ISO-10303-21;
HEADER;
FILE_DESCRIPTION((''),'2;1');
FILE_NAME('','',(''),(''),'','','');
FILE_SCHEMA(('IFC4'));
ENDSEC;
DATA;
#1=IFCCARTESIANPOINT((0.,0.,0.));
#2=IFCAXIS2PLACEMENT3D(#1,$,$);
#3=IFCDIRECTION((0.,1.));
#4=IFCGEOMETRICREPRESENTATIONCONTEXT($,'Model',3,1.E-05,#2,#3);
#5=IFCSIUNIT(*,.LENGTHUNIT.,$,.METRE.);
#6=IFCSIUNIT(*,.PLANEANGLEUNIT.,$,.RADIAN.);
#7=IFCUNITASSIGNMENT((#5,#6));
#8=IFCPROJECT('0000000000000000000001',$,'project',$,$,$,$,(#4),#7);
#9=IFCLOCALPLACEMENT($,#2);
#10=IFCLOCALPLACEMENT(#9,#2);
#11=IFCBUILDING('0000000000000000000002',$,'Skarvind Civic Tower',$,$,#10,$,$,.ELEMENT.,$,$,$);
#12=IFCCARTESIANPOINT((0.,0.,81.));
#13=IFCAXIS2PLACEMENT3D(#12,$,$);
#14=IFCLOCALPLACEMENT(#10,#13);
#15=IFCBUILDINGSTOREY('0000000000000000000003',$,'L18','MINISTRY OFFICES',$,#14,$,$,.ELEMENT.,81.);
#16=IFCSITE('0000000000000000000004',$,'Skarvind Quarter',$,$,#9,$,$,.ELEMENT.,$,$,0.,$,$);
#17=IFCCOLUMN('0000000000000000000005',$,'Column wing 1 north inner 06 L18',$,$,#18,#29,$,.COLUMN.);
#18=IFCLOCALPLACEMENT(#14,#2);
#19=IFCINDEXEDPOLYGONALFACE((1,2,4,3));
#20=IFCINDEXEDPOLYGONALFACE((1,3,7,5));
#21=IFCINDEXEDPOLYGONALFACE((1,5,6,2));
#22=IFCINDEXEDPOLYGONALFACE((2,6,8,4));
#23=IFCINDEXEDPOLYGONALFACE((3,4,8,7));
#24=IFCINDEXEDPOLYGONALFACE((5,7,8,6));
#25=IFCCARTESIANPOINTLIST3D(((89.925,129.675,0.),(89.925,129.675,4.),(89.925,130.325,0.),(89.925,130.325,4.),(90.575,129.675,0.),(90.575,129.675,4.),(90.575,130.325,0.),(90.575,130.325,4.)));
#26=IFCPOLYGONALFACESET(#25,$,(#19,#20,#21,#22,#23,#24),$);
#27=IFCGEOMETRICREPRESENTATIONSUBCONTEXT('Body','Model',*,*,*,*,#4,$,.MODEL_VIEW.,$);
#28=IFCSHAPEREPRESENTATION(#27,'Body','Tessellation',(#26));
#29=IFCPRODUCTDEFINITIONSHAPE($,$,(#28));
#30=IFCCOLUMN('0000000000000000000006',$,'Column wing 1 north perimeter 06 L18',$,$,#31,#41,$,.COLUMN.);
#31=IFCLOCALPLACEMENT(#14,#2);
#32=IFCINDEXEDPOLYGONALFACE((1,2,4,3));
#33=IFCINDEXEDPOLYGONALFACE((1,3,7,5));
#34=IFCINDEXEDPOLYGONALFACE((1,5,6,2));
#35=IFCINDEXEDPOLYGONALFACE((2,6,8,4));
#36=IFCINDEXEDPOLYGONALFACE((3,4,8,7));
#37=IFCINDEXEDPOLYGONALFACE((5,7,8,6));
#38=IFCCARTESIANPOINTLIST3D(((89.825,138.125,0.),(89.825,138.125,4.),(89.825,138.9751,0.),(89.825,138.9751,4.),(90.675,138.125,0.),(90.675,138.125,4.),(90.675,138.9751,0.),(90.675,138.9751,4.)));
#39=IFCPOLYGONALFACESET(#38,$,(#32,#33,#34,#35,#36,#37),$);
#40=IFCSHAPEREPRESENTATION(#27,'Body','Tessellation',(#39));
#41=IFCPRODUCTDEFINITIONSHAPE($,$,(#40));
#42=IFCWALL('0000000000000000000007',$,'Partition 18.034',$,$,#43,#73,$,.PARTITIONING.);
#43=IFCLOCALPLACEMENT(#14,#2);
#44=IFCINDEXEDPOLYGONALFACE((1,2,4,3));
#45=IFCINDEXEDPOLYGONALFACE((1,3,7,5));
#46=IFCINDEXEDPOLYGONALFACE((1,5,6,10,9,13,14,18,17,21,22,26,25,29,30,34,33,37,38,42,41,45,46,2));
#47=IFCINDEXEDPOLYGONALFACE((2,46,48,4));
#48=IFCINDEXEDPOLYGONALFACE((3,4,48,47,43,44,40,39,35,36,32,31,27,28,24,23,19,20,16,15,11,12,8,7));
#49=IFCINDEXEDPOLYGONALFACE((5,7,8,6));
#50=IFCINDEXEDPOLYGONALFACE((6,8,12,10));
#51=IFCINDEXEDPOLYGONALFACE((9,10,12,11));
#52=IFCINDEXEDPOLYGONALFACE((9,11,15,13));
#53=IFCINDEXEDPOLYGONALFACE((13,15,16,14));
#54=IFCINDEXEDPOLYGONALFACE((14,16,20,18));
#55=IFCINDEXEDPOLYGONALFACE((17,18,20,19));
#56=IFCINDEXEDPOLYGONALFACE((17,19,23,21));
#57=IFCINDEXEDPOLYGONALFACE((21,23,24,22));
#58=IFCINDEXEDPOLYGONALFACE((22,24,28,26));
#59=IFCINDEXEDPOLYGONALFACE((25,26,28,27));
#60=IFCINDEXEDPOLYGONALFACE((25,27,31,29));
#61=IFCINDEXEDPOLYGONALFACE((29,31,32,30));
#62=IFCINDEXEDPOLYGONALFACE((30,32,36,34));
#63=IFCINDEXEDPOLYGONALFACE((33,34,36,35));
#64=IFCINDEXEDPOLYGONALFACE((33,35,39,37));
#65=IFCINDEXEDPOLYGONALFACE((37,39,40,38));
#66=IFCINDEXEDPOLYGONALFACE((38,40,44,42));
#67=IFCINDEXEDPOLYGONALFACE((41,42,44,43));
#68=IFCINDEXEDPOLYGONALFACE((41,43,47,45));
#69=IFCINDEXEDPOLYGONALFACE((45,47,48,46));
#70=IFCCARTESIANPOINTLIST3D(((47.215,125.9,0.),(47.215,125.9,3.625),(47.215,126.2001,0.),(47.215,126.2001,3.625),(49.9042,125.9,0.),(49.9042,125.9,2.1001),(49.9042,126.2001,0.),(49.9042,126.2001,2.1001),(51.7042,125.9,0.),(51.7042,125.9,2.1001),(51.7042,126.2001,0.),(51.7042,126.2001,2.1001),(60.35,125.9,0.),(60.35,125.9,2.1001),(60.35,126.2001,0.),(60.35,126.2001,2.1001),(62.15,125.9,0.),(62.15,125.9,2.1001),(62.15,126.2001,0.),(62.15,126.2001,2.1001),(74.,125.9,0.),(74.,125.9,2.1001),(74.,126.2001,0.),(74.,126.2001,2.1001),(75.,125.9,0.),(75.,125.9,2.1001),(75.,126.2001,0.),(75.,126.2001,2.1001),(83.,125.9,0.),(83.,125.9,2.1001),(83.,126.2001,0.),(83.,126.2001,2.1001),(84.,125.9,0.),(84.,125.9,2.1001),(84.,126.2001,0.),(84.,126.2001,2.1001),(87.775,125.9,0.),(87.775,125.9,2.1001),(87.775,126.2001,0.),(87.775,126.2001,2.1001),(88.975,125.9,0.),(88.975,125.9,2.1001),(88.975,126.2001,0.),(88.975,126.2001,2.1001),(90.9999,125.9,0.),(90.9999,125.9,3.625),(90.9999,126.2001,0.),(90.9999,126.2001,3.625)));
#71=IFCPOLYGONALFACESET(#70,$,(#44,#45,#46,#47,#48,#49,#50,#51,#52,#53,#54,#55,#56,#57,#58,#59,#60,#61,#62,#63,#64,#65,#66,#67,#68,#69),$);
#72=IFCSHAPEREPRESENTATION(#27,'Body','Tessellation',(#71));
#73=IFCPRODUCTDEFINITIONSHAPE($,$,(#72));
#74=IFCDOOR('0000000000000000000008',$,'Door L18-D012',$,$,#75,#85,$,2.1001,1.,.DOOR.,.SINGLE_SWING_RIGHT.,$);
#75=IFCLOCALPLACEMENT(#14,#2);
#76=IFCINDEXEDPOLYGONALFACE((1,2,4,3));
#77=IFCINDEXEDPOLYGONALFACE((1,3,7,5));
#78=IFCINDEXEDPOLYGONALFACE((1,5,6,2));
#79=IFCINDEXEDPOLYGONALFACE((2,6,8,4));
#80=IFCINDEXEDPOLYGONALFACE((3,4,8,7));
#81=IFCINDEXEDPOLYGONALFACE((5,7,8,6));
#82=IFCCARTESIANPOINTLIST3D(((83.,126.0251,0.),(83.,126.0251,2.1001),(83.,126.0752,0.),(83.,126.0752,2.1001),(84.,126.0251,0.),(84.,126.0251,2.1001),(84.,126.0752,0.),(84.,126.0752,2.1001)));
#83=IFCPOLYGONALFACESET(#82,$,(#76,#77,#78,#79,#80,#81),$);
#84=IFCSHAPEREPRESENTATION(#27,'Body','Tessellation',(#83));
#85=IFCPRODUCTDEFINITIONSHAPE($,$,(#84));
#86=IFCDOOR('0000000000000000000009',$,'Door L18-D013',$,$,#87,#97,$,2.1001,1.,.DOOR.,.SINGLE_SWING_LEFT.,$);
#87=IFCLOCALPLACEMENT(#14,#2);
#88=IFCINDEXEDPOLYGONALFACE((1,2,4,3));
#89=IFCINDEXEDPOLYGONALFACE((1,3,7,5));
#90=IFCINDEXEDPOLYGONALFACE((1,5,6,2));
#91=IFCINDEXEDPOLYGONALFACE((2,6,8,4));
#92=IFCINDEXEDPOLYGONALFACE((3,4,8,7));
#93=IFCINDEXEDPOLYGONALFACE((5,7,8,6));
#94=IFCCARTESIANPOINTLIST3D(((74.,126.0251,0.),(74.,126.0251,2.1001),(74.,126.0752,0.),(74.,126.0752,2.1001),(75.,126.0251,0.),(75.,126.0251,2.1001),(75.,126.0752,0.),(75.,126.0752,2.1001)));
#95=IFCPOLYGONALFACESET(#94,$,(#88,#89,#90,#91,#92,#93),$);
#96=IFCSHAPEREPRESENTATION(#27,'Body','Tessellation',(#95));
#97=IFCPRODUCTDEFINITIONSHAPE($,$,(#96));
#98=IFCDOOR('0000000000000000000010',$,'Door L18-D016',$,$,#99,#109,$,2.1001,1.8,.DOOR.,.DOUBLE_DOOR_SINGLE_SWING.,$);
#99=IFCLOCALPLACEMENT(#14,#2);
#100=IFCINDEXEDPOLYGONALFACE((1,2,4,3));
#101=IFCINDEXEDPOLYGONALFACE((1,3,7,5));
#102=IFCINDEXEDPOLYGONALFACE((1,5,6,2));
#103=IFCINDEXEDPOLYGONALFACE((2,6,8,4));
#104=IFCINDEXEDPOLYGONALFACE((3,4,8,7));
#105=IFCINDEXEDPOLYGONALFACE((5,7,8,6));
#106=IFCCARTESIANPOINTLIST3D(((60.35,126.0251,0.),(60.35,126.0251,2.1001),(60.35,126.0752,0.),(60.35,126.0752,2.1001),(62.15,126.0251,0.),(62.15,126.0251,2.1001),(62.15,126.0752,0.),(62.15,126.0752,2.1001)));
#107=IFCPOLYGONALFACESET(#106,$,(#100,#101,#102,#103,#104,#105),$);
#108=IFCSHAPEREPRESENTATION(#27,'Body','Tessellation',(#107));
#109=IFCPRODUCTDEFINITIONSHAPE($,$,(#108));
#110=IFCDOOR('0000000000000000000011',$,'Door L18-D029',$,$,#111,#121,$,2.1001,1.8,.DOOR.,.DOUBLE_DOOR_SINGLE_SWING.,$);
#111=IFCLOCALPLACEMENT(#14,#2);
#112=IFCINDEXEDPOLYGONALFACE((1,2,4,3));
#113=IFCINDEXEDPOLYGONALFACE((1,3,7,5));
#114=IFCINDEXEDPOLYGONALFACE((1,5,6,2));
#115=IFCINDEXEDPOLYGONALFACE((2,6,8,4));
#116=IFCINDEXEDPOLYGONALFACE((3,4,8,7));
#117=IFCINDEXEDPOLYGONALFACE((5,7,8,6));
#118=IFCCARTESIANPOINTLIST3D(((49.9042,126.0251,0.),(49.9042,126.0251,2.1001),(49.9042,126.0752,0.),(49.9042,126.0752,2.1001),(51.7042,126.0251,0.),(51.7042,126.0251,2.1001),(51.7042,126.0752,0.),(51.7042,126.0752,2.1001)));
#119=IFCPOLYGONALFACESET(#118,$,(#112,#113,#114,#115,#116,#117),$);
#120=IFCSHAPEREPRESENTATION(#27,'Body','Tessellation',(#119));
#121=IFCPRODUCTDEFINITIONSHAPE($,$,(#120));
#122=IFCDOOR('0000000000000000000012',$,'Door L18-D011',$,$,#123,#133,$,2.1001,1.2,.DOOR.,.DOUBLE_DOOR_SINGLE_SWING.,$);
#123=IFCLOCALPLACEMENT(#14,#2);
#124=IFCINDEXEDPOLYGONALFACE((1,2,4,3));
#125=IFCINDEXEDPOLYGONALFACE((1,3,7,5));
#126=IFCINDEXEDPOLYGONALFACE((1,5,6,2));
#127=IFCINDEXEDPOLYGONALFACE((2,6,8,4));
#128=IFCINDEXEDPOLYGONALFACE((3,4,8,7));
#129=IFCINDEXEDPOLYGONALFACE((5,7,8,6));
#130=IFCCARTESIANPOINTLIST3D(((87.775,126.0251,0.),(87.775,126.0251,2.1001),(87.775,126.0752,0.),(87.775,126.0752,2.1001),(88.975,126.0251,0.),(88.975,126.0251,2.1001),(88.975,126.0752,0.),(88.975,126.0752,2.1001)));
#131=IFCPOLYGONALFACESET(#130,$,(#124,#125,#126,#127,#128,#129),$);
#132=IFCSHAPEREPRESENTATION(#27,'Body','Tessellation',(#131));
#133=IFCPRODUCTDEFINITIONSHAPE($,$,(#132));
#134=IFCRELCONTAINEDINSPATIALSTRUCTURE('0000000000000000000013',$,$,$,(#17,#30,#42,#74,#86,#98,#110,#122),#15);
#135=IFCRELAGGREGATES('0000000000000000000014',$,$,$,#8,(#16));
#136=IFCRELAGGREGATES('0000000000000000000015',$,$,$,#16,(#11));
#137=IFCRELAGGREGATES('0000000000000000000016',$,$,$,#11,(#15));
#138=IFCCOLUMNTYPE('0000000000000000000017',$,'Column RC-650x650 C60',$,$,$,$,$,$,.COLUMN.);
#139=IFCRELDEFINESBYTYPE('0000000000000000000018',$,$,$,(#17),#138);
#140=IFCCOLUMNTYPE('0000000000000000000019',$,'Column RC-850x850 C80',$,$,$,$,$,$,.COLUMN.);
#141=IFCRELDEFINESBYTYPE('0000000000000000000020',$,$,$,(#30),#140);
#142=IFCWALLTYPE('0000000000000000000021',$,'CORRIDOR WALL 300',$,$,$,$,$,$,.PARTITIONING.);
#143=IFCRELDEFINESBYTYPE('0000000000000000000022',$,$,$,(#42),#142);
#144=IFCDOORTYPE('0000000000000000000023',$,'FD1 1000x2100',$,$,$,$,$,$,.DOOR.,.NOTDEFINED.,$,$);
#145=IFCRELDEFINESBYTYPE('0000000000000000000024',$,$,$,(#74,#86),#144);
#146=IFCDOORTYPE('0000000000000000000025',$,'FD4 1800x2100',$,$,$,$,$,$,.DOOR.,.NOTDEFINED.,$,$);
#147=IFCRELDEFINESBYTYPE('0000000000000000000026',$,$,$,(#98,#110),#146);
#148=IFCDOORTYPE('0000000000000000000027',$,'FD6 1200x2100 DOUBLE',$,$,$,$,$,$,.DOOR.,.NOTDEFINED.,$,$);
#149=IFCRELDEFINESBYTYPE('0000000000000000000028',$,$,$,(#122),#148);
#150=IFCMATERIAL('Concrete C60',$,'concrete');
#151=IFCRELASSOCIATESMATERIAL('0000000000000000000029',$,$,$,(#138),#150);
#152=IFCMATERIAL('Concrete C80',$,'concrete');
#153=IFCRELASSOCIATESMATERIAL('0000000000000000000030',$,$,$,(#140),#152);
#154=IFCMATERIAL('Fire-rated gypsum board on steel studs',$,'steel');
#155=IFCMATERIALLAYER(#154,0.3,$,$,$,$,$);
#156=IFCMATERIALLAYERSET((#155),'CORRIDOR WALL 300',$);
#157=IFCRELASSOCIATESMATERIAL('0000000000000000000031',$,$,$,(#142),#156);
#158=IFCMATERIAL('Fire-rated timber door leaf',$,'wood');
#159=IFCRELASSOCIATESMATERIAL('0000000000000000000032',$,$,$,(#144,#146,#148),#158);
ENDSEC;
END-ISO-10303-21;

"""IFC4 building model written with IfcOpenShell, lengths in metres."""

from ifc_helpers import new_model, si_unit, direction, frame, frame_2d, origin, origin_2d, place, context, subcontext, project, spatial, rectangle, extrude, material, layer, layer_set, material_profile, profile_set, type_object, element, fill, save


model = new_model("IFC4")

# Units and contexts
model_context = context("Model", 3, precision=1e-05, world=origin(), true_north=direction((0.0, 1.0)))
body_context = subcontext(model_context, "Body", "Model", "MODEL_VIEW")
ifc_project = project(units=[si_unit("LENGTHUNIT", "METRE"), si_unit("PLANEANGLEUNIT", "RADIAN")], contexts=[model_context])

# Site, building, storey
site_placement = place(None, origin())
site = spatial("IfcSite", under=ifc_project, at=site_placement, Name="Skarvind Quarter", CompositionType="ELEMENT", RefElevation=0.0)
building_placement = place(site_placement, origin())
building = spatial("IfcBuilding", under=site, at=building_placement, Name="Skarvind Civic Tower", CompositionType="ELEMENT")
storey_placement = place(building_placement, frame((0.0, 0.0, 81.0)))
storey = spatial("IfcBuildingStorey", under=building, at=storey_placement, Name="L18", Description="MINISTRY OFFICES", CompositionType="ELEMENT", Elevation=81.0)

# Columns
ifc_material_1 = material(Name="Concrete C60", Category="concrete")
ifc_material_profile_1 = material_profile(ifc_material_1, rectangle(XDim=0.6499, YDim=0.6499, at=origin_2d()), Name="RC-650x650")
ifc_profile_set_1 = profile_set([ifc_material_profile_1], Name="Concrete C60")
column_type_1 = type_object("IfcColumnType", Name="Column RC-650x650 C60", PredefinedType="COLUMN", material=ifc_profile_set_1)
column_1_placement = place(storey_placement, frame((90.25, 130.0, 0.0), z_axis=(0.0, 0.0, 1.0), x_axis=(1.0, 0.0, 0.0)))
element("IfcColumn", 1, at=column_1_placement, inside=storey, type_object=column_type_1, Name="Column wing 1 north inner 06 L18", PredefinedType="COLUMN", context=body_context, shape_type="SweptSolid", body=[
    extrude(rectangle(XDim=0.6499, YDim=0.6499, at=origin_2d()), origin(), (0.0, 0.0, 1.0), 4.0),
])
ifc_material_2 = material(Name="Concrete C80", Category="concrete")
ifc_material_profile_2 = material_profile(ifc_material_2, rectangle(XDim=0.8501, YDim=0.8501, at=origin_2d()), Name="RC-850x850")
ifc_profile_set_2 = profile_set([ifc_material_profile_2], Name="Concrete C80")
column_type_2 = type_object("IfcColumnType", Name="Column RC-850x850 C80", PredefinedType="COLUMN", material=ifc_profile_set_2)
column_2_placement = place(storey_placement, frame((90.25, 138.55, 0.0), z_axis=(0.0, 0.0, 1.0), x_axis=(1.0, 0.0, 0.0)))
element("IfcColumn", 2, at=column_2_placement, inside=storey, type_object=column_type_2, Name="Column wing 1 north perimeter 06 L18", PredefinedType="COLUMN", context=body_context, shape_type="SweptSolid", body=[
    extrude(rectangle(XDim=0.8501, YDim=0.8501, at=origin_2d()), origin(), (0.0, 0.0, 1.0), 4.0),
])

# Wall, openings, doors
ifc_material_3 = material(Name="Fire-rated gypsum board on steel studs", Category="steel")
ifc_layer_1 = layer(ifc_material_3, 0.3)
ifc_layer_set_1 = layer_set([ifc_layer_1], Name="CORRIDOR WALL 300")
wall_type_1 = type_object("IfcWallType", Name="CORRIDOR WALL 300", PredefinedType="PARTITIONING", material=ifc_layer_set_1)
wall_1_placement = place(storey_placement, frame((91.0, 126.05, 0.0), z_axis=(0.0, 0.0, 1.0), x_axis=(-1.0, 0.0, 0.0)))
wall_1 = element("IfcWall", 3, at=wall_1_placement, inside=storey, type_object=wall_type_1, Name="Partition 18.034", PredefinedType="PARTITIONING", context=body_context, shape_type="SweptSolid", body=[
    extrude(rectangle(XDim=43.7849, YDim=0.3, at=frame_2d((21.8926, 0.0))), origin(), (0.0, 0.0, 1.0), 3.625),
])
opening_1_placement = place(wall_1_placement, frame((2.0249, 0.0, 0.0)))
opening_1 = element("IfcOpeningElement", 4, at=opening_1_placement, cuts=wall_1, PredefinedType="OPENING", context=body_context, shape_type="SweptSolid", body=[
    extrude(rectangle(XDim=1.2, YDim=2.1001, at=frame_2d((0.6001, 1.05))), frame((0.0, 0.1599, 0.0), z_axis=(0.0, -1.0, 0.0), x_axis=(1.0, 0.0, 0.0)), (0.0, 0.0, 1.0), 0.3201),
])
opening_2_placement = place(wall_1_placement, frame((7.0, 0.0, 0.0)))
opening_2 = element("IfcOpeningElement", 5, at=opening_2_placement, cuts=wall_1, PredefinedType="OPENING", context=body_context, shape_type="SweptSolid", body=[
    extrude(rectangle(XDim=1.0, YDim=2.1001, at=frame_2d((0.5, 1.05))), frame((0.0, 0.1599, 0.0), z_axis=(0.0, -1.0, 0.0), x_axis=(1.0, 0.0, 0.0)), (0.0, 0.0, 1.0), 0.3201),
])
opening_3_placement = place(wall_1_placement, frame((16.0, 0.0, 0.0)))
opening_3 = element("IfcOpeningElement", 6, at=opening_3_placement, cuts=wall_1, PredefinedType="OPENING", context=body_context, shape_type="SweptSolid", body=[
    extrude(rectangle(XDim=1.0, YDim=2.1001, at=frame_2d((0.5, 1.05))), frame((0.0, 0.1599, 0.0), z_axis=(0.0, -1.0, 0.0), x_axis=(1.0, 0.0, 0.0)), (0.0, 0.0, 1.0), 0.3201),
])
opening_4_placement = place(wall_1_placement, frame((28.8501, 0.0, 0.0)))
opening_4 = element("IfcOpeningElement", 7, at=opening_4_placement, cuts=wall_1, PredefinedType="OPENING", context=body_context, shape_type="SweptSolid", body=[
    extrude(rectangle(XDim=1.8, YDim=2.1001, at=frame_2d((0.8999, 1.05))), frame((0.0, 0.1599, 0.0), z_axis=(0.0, -1.0, 0.0), x_axis=(1.0, 0.0, 0.0)), (0.0, 0.0, 1.0), 0.3201),
])
opening_5_placement = place(wall_1_placement, frame((39.2959, 0.0, 0.0)))
opening_5 = element("IfcOpeningElement", 8, at=opening_5_placement, cuts=wall_1, PredefinedType="OPENING", context=body_context, shape_type="SweptSolid", body=[
    extrude(rectangle(XDim=1.8, YDim=2.1001, at=frame_2d((0.8999, 1.05))), frame((0.0, 0.1599, 0.0), z_axis=(0.0, -1.0, 0.0), x_axis=(1.0, 0.0, 0.0)), (0.0, 0.0, 1.0), 0.3201),
])
ifc_material_4 = material(Name="Fire-rated timber door leaf", Category="wood")
door_type_1 = type_object("IfcDoorType", Name="FD1 1000x2100", OperationType="NOTDEFINED", PredefinedType="DOOR", material=ifc_material_4)
door_1_placement = place(opening_2_placement, origin())
door_1 = element("IfcDoor", 9, at=door_1_placement, inside=storey, type_object=door_type_1, Name="Door L18-D012", OperationType="SINGLE_SWING_RIGHT", OverallHeight=2.1001, OverallWidth=1.0, PredefinedType="DOOR", context=body_context, shape_type="SweptSolid", body=[
    extrude(rectangle(XDim=1.0, YDim=2.1001, at=frame_2d((0.5, 1.05))), frame((0.0, 0.0249, 0.0), z_axis=(0.0, -1.0, 0.0), x_axis=(1.0, 0.0, 0.0)), (0.0, 0.0, 1.0), 0.05),
])
fill(opening_2, door_1)
door_2_placement = place(opening_3_placement, origin())
door_2 = element("IfcDoor", 10, at=door_2_placement, inside=storey, type_object=door_type_1, Name="Door L18-D013", OperationType="SINGLE_SWING_LEFT", OverallHeight=2.1001, OverallWidth=1.0, PredefinedType="DOOR", context=body_context, shape_type="SweptSolid", body=[
    extrude(rectangle(XDim=1.0, YDim=2.1001, at=frame_2d((0.5, 1.05))), frame((0.0, 0.0249, 0.0), z_axis=(0.0, -1.0, 0.0), x_axis=(1.0, 0.0, 0.0)), (0.0, 0.0, 1.0), 0.05),
])
fill(opening_3, door_2)
door_type_2 = type_object("IfcDoorType", Name="FD4 1800x2100", OperationType="NOTDEFINED", PredefinedType="DOOR", material=ifc_material_4)
door_3_placement = place(opening_4_placement, origin())
door_3 = element("IfcDoor", 11, at=door_3_placement, inside=storey, type_object=door_type_2, Name="Door L18-D016", OperationType="DOUBLE_DOOR_SINGLE_SWING", OverallHeight=2.1001, OverallWidth=1.8, PredefinedType="DOOR", context=body_context, shape_type="SweptSolid", body=[
    extrude(rectangle(XDim=1.8, YDim=2.1001, at=frame_2d((0.8999, 1.05))), frame((0.0, 0.0249, 0.0), z_axis=(0.0, -1.0, 0.0), x_axis=(1.0, 0.0, 0.0)), (0.0, 0.0, 1.0), 0.05),
])
fill(opening_4, door_3)
door_4_placement = place(opening_5_placement, origin())
door_4 = element("IfcDoor", 12, at=door_4_placement, inside=storey, type_object=door_type_2, Name="Door L18-D029", OperationType="DOUBLE_DOOR_SINGLE_SWING", OverallHeight=2.1001, OverallWidth=1.8, PredefinedType="DOOR", context=body_context, shape_type="SweptSolid", body=[
    extrude(rectangle(XDim=1.8, YDim=2.1001, at=frame_2d((0.8999, 1.05))), frame((0.0, 0.0249, 0.0), z_axis=(0.0, -1.0, 0.0), x_axis=(1.0, 0.0, 0.0)), (0.0, 0.0, 1.0), 0.05),
])
fill(opening_5, door_4)
door_type_3 = type_object("IfcDoorType", Name="FD6 1200x2100 DOUBLE", OperationType="NOTDEFINED", PredefinedType="DOOR", material=ifc_material_4)
door_5_placement = place(opening_1_placement, origin())
door_5 = element("IfcDoor", 13, at=door_5_placement, inside=storey, type_object=door_type_3, Name="Door L18-D011", OperationType="DOUBLE_DOOR_SINGLE_SWING", OverallHeight=2.1001, OverallWidth=1.2, PredefinedType="DOOR", context=body_context, shape_type="SweptSolid", body=[
    extrude(rectangle(XDim=1.2, YDim=2.1001, at=frame_2d((0.6001, 1.05))), frame((0.0, 0.0249, 0.0), z_axis=(0.0, -1.0, 0.0), x_axis=(1.0, 0.0, 0.0)), (0.0, 0.0, 1.0), 0.05),
])
fill(opening_1, door_5)

save(model, "model.ifc")
